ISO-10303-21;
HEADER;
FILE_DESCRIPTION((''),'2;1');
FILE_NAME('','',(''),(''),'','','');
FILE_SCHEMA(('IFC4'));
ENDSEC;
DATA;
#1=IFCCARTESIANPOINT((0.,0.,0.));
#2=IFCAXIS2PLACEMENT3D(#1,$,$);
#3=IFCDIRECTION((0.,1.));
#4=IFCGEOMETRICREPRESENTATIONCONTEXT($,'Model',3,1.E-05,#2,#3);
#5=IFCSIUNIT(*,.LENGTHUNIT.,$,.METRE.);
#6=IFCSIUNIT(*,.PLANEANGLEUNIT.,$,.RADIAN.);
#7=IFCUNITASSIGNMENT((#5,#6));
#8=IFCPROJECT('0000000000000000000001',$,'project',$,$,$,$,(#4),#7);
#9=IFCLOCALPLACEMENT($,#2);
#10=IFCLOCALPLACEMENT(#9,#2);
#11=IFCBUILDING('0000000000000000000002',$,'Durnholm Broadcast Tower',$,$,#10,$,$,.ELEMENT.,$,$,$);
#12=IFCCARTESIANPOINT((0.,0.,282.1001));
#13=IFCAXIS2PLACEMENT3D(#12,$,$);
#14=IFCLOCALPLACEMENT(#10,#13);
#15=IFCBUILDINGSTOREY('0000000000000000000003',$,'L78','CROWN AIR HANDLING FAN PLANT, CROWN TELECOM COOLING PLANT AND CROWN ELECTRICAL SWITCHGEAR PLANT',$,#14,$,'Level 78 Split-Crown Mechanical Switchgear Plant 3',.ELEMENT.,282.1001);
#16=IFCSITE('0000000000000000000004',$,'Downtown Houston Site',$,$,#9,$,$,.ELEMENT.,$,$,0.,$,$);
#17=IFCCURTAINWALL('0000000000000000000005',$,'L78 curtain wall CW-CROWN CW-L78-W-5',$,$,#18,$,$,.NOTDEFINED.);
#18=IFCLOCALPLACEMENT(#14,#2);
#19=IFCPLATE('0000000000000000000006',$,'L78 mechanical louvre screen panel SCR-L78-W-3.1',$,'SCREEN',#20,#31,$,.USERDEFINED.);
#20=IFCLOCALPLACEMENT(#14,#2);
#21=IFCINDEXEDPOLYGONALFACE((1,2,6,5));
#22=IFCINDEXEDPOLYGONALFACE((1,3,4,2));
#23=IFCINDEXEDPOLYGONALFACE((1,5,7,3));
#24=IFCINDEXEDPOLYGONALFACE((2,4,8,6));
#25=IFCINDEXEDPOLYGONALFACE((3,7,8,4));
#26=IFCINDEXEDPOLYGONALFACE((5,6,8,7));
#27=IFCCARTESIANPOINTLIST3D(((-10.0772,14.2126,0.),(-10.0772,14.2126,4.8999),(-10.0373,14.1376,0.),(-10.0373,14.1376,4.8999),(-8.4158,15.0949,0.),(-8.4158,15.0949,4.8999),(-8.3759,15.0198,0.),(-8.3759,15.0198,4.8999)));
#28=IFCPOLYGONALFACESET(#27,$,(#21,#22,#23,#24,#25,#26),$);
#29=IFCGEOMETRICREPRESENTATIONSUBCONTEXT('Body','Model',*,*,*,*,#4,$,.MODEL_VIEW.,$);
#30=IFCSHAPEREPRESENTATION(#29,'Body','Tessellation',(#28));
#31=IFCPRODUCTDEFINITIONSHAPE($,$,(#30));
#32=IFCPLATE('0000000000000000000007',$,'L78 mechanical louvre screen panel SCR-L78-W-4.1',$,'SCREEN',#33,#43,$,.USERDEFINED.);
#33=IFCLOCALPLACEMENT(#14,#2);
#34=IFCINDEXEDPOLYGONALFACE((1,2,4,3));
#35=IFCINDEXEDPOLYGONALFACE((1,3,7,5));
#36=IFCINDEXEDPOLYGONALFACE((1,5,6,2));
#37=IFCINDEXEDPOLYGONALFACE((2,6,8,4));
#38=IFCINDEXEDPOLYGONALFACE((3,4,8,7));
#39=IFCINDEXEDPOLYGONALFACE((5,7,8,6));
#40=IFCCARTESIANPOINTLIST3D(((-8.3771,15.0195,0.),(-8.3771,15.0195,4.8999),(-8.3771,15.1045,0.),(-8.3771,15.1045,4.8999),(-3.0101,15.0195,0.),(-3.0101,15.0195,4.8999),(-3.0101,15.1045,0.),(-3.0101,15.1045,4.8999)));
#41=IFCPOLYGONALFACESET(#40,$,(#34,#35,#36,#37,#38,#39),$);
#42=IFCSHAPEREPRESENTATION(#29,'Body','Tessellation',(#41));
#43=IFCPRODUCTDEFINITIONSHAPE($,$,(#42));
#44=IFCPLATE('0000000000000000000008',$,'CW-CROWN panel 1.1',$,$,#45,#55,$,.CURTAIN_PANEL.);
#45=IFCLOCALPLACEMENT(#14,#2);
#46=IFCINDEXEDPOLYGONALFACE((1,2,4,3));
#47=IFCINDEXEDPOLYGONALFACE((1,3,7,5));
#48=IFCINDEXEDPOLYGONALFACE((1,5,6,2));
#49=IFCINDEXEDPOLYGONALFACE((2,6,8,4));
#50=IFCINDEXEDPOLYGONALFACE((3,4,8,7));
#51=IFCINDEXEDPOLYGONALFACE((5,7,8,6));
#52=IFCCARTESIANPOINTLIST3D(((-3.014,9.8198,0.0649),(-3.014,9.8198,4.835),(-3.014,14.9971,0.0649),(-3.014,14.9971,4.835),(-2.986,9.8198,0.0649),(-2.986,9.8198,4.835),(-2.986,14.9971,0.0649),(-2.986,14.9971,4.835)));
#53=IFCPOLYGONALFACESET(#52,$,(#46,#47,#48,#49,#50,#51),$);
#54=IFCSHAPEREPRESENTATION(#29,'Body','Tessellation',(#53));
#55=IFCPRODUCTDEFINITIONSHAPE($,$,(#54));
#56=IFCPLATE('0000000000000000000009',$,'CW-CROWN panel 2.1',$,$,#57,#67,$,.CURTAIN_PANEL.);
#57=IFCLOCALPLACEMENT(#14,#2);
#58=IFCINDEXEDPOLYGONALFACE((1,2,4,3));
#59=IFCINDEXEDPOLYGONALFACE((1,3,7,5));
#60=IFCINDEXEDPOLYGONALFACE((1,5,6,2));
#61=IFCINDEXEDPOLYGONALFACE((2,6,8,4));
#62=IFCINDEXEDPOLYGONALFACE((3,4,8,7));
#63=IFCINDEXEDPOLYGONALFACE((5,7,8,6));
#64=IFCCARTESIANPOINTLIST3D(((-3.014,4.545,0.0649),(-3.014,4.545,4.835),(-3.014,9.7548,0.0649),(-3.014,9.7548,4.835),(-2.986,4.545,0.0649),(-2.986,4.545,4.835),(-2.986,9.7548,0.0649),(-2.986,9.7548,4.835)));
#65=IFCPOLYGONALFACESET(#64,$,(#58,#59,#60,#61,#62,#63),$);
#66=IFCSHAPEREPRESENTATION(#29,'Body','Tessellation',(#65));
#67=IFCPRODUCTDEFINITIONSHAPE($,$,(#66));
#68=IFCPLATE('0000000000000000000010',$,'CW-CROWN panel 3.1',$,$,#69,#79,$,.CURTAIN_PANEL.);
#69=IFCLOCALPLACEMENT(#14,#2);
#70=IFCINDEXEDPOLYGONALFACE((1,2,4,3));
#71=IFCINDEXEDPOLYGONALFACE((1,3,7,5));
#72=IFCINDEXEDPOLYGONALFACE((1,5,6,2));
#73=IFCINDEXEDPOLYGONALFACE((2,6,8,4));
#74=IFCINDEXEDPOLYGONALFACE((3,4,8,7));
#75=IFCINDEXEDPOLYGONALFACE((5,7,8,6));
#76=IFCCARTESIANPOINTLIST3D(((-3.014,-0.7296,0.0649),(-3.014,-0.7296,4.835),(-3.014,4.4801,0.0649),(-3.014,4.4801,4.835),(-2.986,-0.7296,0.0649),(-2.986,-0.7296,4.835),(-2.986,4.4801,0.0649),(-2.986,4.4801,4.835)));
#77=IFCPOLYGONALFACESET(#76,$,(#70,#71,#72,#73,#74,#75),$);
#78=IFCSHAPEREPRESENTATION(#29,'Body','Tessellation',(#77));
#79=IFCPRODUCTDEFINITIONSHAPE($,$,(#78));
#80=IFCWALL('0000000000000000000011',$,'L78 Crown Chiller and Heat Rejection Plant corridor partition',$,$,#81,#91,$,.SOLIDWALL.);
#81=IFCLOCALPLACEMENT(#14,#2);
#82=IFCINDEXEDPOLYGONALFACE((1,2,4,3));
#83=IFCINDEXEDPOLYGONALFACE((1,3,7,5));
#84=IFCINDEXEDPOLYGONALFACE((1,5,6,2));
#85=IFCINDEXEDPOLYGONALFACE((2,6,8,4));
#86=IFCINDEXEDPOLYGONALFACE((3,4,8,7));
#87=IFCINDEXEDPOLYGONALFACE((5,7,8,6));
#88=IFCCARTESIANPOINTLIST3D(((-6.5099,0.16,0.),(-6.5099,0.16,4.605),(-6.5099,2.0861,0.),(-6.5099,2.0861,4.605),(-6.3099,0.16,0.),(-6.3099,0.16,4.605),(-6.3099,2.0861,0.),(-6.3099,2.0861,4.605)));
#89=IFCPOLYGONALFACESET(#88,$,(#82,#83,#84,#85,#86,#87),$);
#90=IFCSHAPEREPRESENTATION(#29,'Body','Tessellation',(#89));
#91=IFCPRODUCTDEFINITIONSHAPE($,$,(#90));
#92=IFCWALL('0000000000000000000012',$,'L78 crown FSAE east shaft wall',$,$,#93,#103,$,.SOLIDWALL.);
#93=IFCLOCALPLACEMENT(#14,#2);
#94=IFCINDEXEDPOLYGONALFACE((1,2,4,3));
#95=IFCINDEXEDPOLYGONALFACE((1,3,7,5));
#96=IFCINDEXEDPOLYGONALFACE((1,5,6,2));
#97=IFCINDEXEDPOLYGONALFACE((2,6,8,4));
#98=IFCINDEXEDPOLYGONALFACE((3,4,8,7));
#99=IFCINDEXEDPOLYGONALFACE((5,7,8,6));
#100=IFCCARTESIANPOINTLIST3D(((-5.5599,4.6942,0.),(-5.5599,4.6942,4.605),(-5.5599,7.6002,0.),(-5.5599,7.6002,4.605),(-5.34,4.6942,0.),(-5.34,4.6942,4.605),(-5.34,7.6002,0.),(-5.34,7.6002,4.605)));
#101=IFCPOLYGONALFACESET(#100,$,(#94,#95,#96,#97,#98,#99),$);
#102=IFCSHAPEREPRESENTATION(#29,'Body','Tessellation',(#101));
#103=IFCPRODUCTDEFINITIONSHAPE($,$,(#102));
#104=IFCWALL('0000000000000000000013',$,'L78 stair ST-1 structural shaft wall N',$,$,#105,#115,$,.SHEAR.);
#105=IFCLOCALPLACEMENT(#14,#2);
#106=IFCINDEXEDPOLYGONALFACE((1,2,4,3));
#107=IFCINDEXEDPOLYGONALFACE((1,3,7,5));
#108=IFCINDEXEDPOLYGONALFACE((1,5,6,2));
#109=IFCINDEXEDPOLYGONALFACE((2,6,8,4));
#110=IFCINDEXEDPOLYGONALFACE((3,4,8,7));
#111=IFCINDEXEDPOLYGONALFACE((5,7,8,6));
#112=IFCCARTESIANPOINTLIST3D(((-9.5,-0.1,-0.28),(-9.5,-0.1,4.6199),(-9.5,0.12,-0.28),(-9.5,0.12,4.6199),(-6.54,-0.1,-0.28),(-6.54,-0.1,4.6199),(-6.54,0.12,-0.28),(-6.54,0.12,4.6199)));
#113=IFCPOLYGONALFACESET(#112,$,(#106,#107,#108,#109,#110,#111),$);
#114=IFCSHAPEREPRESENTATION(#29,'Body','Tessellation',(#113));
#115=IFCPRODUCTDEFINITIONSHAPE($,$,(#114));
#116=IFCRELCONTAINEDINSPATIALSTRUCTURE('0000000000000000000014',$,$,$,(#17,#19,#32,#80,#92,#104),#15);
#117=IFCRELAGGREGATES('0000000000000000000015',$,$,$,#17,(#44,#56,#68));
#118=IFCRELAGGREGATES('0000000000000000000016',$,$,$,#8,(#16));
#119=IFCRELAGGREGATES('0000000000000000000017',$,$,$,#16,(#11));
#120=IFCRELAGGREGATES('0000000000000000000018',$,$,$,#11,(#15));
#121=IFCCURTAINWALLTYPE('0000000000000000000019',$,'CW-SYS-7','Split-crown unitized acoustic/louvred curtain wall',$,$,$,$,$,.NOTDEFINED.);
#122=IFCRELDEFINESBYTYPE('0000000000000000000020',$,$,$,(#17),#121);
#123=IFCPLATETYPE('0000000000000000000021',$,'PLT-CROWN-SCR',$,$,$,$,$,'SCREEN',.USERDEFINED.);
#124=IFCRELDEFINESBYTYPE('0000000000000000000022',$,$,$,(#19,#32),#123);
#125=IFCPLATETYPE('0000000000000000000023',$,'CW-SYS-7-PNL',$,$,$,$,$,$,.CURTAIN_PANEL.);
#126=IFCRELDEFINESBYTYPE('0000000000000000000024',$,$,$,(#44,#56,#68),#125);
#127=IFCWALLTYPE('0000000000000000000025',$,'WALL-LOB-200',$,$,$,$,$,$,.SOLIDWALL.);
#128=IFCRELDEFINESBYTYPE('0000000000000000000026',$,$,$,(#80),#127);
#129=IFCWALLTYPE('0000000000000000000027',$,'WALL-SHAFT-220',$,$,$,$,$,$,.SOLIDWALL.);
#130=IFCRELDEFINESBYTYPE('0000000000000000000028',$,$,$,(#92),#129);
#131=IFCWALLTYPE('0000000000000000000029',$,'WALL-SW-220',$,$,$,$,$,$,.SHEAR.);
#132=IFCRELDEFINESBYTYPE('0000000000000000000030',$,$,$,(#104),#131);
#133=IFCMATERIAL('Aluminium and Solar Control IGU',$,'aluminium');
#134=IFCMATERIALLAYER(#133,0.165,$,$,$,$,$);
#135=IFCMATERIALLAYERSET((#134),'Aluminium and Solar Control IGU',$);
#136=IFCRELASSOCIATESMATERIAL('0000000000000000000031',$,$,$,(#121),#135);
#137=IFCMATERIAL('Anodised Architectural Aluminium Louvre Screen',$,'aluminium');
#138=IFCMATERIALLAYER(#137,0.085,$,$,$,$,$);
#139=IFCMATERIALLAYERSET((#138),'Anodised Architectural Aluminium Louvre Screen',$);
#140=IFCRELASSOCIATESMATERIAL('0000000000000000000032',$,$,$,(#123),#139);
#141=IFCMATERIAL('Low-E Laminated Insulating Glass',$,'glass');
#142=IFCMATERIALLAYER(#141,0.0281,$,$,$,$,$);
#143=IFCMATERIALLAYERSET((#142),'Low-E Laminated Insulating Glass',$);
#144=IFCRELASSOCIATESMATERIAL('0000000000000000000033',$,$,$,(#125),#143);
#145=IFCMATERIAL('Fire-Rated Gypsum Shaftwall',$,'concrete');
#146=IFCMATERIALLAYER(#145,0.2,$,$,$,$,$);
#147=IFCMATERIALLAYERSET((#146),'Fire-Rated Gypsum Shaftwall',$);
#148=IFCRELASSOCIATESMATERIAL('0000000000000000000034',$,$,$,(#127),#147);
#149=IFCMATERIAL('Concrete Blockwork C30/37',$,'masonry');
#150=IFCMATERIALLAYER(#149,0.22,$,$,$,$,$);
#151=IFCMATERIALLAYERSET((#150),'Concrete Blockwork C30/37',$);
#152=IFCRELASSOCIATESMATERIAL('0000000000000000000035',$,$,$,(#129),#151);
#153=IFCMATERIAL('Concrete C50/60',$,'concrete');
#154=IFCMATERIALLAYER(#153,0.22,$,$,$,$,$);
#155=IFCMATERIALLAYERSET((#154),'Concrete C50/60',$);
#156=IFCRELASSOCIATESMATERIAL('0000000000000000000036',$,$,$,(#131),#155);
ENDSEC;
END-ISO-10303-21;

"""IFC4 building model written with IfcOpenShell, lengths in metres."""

from ifc_helpers import new_model, si_unit, direction, frame, frame_2d, origin, origin_2d, place, context, subcontext, project, spatial, rectangle, extrude, source, transform, mapped, material, layer, layer_set, type_object, type_shapes, element, aggregate, save


model = new_model("IFC4")

# Units and contexts
model_context = context("Model", 3, precision=1e-05, world=origin(), true_north=direction((0.0, 1.0)))
body_context = subcontext(model_context, "Body", "Model", "MODEL_VIEW")
ifc_project = project(units=[si_unit("LENGTHUNIT", "METRE"), si_unit("PLANEANGLEUNIT", "RADIAN")], contexts=[model_context])

# Site, building, storey
site_placement = place(None, origin())
site = spatial("IfcSite", under=ifc_project, at=site_placement, Name="Downtown Houston Site", CompositionType="ELEMENT", RefElevation=0.0)
building_placement = place(site_placement, origin())
building = spatial("IfcBuilding", under=site, at=building_placement, Name="Durnholm Broadcast Tower", CompositionType="ELEMENT")
storey_placement = place(building_placement, frame((0.0, 0.0, 282.1001)))
storey = spatial("IfcBuildingStorey", under=building, at=storey_placement, Name="L78", Description="CROWN AIR HANDLING FAN PLANT, CROWN TELECOM COOLING PLANT AND CROWN ELECTRICAL SWITCHGEAR PLANT", LongName="Level 78 Split-Crown Mechanical Switchgear Plant 3", CompositionType="ELEMENT", Elevation=282.1001)

# Curtain wall
ifc_material_1 = material(Name="Aluminium and Solar Control IGU", Category="aluminium")
ifc_layer_1 = layer(ifc_material_1, 0.165)
ifc_layer_set_1 = layer_set([ifc_layer_1], Name="Aluminium and Solar Control IGU")
curtain_wall_type = type_object("IfcCurtainWallType", Name="CW-SYS-7", Description="Split-crown unitized acoustic/louvred curtain wall", PredefinedType="NOTDEFINED", material=ifc_layer_set_1)
curtain_wall_placement = place(storey_placement, origin())
curtain_wall = element("IfcCurtainWall", 1, at=curtain_wall_placement, inside=storey, type_object=curtain_wall_type, Name="L78 curtain wall CW-CROWN CW-L78-W-5", PredefinedType="NOTDEFINED")

# Shared definitions
ifc_material_2 = material(Name="Concrete C50/60", Category="concrete")

# Plates
ifc_material_3 = material(Name="Anodised Architectural Aluminium Louvre Screen", Category="aluminium")
ifc_layer_2 = layer(ifc_material_3, 0.085)
ifc_layer_set_2 = layer_set([ifc_layer_2], Name="Anodised Architectural Aluminium Louvre Screen")
plate_type_1 = type_object("IfcPlateType", Name="PLT-CROWN-SCR", ElementType="SCREEN", PredefinedType="USERDEFINED", material=ifc_layer_set_2)
shared_shape_1 = source(origin(), body_context, "Body", "SweptSolid", [
    extrude(rectangle(XDim=1.8811, YDim=0.085, at=origin_2d()), origin(), (0.0, 0.0, 1.0), 4.8999),
])
plate_1_placement = place(storey_placement, frame((-9.2266, 14.6162, 0.0), z_axis=(0.0, 0.0, 1.0), x_axis=(0.883193, 0.469009, 0.0)))
element("IfcPlate", 2, at=plate_1_placement, inside=storey, type_object=plate_type_1, Name="L78 mechanical louvre screen panel SCR-L78-W-3.1", ObjectType="SCREEN", PredefinedType="USERDEFINED", context=body_context, shape_type="MappedRepresentation", body=[
    mapped(shared_shape_1, transform((0.0, 0.0, 0.0), x_axis=(1.0, 0.0, 0.0), y_axis=(0.0, 1.0, 0.0), z_axis=(0.0, 0.0, 1.0), scale=1.0)),
])
shared_shape_2 = source(origin(), body_context, "Body", "SweptSolid", [
    extrude(rectangle(XDim=5.3669, YDim=0.085, at=origin_2d()), origin(), (0.0, 0.0, 1.0), 4.8999),
])
type_shapes(plate_type_1, [shared_shape_1, shared_shape_2])
plate_2_placement = place(storey_placement, frame((-5.6936, 15.062, 0.0), z_axis=(0.0, 0.0, 1.0), x_axis=(1.0, 0.0, 0.0)))
element("IfcPlate", 3, at=plate_2_placement, inside=storey, type_object=plate_type_1, Name="L78 mechanical louvre screen panel SCR-L78-W-4.1", ObjectType="SCREEN", PredefinedType="USERDEFINED", context=body_context, shape_type="MappedRepresentation", body=[
    mapped(shared_shape_2, transform((0.0, 0.0, 0.0), x_axis=(1.0, 0.0, 0.0), y_axis=(0.0, 1.0, 0.0), z_axis=(0.0, 0.0, 1.0), scale=1.0)),
])

# Plates
ifc_material_4 = material(Name="Low-E Laminated Insulating Glass", Category="glass")
ifc_layer_3 = layer(ifc_material_4, 0.0281)
ifc_layer_set_3 = layer_set([ifc_layer_3], Name="Low-E Laminated Insulating Glass")
plate_type_2 = type_object("IfcPlateType", Name="CW-SYS-7-PNL", PredefinedType="CURTAIN_PANEL", material=ifc_layer_set_3)
shared_shape_3 = source(origin(), body_context, "Body", "SweptSolid", [
    extrude(rectangle(XDim=5.1772, YDim=0.0281, at=origin_2d()), origin(), (0.0, 0.0, 1.0), 4.77),
])
plate_3_placement = place(storey_placement, frame((-3.0, 12.4084, 0.0649), z_axis=(0.0, 0.0, 1.0), x_axis=(0.0, -1.0, 0.0)))
plate_3 = element("IfcPlate", 4, at=plate_3_placement, type_object=plate_type_2, Name="CW-CROWN panel 1.1", PredefinedType="CURTAIN_PANEL", context=body_context, shape_type="MappedRepresentation", body=[
    mapped(shared_shape_3, transform((0.0, 0.0, 0.0), x_axis=(1.0, 0.0, 0.0), y_axis=(0.0, 1.0, 0.0), z_axis=(0.0, 0.0, 1.0), scale=1.0)),
])
shared_shape_4 = source(origin(), body_context, "Body", "SweptSolid", [
    extrude(rectangle(XDim=5.2097, YDim=0.0281, at=origin_2d()), origin(), (0.0, 0.0, 1.0), 4.77),
])
type_shapes(plate_type_2, [shared_shape_3, shared_shape_4])
plate_4_placement = place(storey_placement, frame((-3.0, 7.1499, 0.0649), z_axis=(0.0, 0.0, 1.0), x_axis=(0.0, -1.0, 0.0)))
plate_4 = element("IfcPlate", 5, at=plate_4_placement, type_object=plate_type_2, Name="CW-CROWN panel 2.1", PredefinedType="CURTAIN_PANEL", context=body_context, shape_type="MappedRepresentation", body=[
    mapped(shared_shape_4, transform((0.0, 0.0, 0.0), x_axis=(1.0, 0.0, 0.0), y_axis=(0.0, 1.0, 0.0), z_axis=(0.0, 0.0, 1.0), scale=1.0)),
])
plate_5_placement = place(storey_placement, frame((-3.0, 1.8752, 0.0649), z_axis=(0.0, 0.0, 1.0), x_axis=(0.0, -1.0, 0.0)))
plate_5 = element("IfcPlate", 6, at=plate_5_placement, type_object=plate_type_2, Name="CW-CROWN panel 3.1", PredefinedType="CURTAIN_PANEL", context=body_context, shape_type="MappedRepresentation", body=[
    mapped(shared_shape_4, transform((0.0, 0.0, 0.0), x_axis=(1.0, 0.0, 0.0), y_axis=(0.0, 1.0, 0.0), z_axis=(0.0, 0.0, 1.0), scale=1.0)),
])
aggregate(curtain_wall, [plate_3, plate_4, plate_5])

# Walls
ifc_material_5 = material(Name="Fire-Rated Gypsum Shaftwall", Category="concrete")
ifc_layer_4 = layer(ifc_material_5, 0.2)
ifc_layer_set_4 = layer_set([ifc_layer_4], Name="Fire-Rated Gypsum Shaftwall")
wall_type_1 = type_object("IfcWallType", Name="WALL-LOB-200", PredefinedType="SOLIDWALL", material=ifc_layer_set_4)
wall_1_placement = place(storey_placement, frame((-6.4099, 2.0859, 0.0), z_axis=(0.0, 0.0, 1.0), x_axis=(0.0, -1.0, 0.0)))
element("IfcWall", 7, at=wall_1_placement, inside=storey, type_object=wall_type_1, Name="L78 Crown Chiller and Heat Rejection Plant corridor partition", PredefinedType="SOLIDWALL", context=body_context, shape_type="SweptSolid", body=[
    extrude(rectangle(XDim=1.926, YDim=0.2, at=frame_2d((0.9629, 0.0))), origin(), (0.0, 0.0, 1.0), 4.605),
])
ifc_material_6 = material(Name="Concrete Blockwork C30/37", Category="masonry")
ifc_layer_5 = layer(ifc_material_6, 0.22)
ifc_layer_set_5 = layer_set([ifc_layer_5], Name="Concrete Blockwork C30/37")
wall_type_2 = type_object("IfcWallType", Name="WALL-SHAFT-220", PredefinedType="SOLIDWALL", material=ifc_layer_set_5)
wall_2_placement = place(storey_placement, frame((-5.45, 4.6941, 0.0), z_axis=(0.0, 0.0, 1.0), x_axis=(0.0, 1.0, 0.0)))
element("IfcWall", 8, at=wall_2_placement, inside=storey, type_object=wall_type_2, Name="L78 crown FSAE east shaft wall", PredefinedType="SOLIDWALL", context=body_context, shape_type="SweptSolid", body=[
    extrude(rectangle(XDim=2.906, YDim=0.22, at=frame_2d((1.4531, 0.0))), origin(), (0.0, 0.0, 1.0), 4.605),
])
ifc_layer_6 = layer(ifc_material_2, 0.22)
ifc_layer_set_6 = layer_set([ifc_layer_6], Name="Concrete C50/60")
wall_type_3 = type_object("IfcWallType", Name="WALL-SW-220", PredefinedType="SHEAR", material=ifc_layer_set_6)
wall_3_placement = place(storey_placement, frame((-6.54, 0.01, -0.28), z_axis=(0.0, 0.0, 1.0), x_axis=(-1.0, 0.0, 0.0)))
element("IfcWall", 9, at=wall_3_placement, inside=storey, type_object=wall_type_3, Name="L78 stair ST-1 structural shaft wall N", PredefinedType="SHEAR", context=body_context, shape_type="SweptSolid", body=[
    extrude(rectangle(XDim=2.96, YDim=0.22, at=frame_2d((1.48, 0.0))), origin(), (0.0, 0.0, 1.0), 4.8999),
])

save(model, "model.ifc")
